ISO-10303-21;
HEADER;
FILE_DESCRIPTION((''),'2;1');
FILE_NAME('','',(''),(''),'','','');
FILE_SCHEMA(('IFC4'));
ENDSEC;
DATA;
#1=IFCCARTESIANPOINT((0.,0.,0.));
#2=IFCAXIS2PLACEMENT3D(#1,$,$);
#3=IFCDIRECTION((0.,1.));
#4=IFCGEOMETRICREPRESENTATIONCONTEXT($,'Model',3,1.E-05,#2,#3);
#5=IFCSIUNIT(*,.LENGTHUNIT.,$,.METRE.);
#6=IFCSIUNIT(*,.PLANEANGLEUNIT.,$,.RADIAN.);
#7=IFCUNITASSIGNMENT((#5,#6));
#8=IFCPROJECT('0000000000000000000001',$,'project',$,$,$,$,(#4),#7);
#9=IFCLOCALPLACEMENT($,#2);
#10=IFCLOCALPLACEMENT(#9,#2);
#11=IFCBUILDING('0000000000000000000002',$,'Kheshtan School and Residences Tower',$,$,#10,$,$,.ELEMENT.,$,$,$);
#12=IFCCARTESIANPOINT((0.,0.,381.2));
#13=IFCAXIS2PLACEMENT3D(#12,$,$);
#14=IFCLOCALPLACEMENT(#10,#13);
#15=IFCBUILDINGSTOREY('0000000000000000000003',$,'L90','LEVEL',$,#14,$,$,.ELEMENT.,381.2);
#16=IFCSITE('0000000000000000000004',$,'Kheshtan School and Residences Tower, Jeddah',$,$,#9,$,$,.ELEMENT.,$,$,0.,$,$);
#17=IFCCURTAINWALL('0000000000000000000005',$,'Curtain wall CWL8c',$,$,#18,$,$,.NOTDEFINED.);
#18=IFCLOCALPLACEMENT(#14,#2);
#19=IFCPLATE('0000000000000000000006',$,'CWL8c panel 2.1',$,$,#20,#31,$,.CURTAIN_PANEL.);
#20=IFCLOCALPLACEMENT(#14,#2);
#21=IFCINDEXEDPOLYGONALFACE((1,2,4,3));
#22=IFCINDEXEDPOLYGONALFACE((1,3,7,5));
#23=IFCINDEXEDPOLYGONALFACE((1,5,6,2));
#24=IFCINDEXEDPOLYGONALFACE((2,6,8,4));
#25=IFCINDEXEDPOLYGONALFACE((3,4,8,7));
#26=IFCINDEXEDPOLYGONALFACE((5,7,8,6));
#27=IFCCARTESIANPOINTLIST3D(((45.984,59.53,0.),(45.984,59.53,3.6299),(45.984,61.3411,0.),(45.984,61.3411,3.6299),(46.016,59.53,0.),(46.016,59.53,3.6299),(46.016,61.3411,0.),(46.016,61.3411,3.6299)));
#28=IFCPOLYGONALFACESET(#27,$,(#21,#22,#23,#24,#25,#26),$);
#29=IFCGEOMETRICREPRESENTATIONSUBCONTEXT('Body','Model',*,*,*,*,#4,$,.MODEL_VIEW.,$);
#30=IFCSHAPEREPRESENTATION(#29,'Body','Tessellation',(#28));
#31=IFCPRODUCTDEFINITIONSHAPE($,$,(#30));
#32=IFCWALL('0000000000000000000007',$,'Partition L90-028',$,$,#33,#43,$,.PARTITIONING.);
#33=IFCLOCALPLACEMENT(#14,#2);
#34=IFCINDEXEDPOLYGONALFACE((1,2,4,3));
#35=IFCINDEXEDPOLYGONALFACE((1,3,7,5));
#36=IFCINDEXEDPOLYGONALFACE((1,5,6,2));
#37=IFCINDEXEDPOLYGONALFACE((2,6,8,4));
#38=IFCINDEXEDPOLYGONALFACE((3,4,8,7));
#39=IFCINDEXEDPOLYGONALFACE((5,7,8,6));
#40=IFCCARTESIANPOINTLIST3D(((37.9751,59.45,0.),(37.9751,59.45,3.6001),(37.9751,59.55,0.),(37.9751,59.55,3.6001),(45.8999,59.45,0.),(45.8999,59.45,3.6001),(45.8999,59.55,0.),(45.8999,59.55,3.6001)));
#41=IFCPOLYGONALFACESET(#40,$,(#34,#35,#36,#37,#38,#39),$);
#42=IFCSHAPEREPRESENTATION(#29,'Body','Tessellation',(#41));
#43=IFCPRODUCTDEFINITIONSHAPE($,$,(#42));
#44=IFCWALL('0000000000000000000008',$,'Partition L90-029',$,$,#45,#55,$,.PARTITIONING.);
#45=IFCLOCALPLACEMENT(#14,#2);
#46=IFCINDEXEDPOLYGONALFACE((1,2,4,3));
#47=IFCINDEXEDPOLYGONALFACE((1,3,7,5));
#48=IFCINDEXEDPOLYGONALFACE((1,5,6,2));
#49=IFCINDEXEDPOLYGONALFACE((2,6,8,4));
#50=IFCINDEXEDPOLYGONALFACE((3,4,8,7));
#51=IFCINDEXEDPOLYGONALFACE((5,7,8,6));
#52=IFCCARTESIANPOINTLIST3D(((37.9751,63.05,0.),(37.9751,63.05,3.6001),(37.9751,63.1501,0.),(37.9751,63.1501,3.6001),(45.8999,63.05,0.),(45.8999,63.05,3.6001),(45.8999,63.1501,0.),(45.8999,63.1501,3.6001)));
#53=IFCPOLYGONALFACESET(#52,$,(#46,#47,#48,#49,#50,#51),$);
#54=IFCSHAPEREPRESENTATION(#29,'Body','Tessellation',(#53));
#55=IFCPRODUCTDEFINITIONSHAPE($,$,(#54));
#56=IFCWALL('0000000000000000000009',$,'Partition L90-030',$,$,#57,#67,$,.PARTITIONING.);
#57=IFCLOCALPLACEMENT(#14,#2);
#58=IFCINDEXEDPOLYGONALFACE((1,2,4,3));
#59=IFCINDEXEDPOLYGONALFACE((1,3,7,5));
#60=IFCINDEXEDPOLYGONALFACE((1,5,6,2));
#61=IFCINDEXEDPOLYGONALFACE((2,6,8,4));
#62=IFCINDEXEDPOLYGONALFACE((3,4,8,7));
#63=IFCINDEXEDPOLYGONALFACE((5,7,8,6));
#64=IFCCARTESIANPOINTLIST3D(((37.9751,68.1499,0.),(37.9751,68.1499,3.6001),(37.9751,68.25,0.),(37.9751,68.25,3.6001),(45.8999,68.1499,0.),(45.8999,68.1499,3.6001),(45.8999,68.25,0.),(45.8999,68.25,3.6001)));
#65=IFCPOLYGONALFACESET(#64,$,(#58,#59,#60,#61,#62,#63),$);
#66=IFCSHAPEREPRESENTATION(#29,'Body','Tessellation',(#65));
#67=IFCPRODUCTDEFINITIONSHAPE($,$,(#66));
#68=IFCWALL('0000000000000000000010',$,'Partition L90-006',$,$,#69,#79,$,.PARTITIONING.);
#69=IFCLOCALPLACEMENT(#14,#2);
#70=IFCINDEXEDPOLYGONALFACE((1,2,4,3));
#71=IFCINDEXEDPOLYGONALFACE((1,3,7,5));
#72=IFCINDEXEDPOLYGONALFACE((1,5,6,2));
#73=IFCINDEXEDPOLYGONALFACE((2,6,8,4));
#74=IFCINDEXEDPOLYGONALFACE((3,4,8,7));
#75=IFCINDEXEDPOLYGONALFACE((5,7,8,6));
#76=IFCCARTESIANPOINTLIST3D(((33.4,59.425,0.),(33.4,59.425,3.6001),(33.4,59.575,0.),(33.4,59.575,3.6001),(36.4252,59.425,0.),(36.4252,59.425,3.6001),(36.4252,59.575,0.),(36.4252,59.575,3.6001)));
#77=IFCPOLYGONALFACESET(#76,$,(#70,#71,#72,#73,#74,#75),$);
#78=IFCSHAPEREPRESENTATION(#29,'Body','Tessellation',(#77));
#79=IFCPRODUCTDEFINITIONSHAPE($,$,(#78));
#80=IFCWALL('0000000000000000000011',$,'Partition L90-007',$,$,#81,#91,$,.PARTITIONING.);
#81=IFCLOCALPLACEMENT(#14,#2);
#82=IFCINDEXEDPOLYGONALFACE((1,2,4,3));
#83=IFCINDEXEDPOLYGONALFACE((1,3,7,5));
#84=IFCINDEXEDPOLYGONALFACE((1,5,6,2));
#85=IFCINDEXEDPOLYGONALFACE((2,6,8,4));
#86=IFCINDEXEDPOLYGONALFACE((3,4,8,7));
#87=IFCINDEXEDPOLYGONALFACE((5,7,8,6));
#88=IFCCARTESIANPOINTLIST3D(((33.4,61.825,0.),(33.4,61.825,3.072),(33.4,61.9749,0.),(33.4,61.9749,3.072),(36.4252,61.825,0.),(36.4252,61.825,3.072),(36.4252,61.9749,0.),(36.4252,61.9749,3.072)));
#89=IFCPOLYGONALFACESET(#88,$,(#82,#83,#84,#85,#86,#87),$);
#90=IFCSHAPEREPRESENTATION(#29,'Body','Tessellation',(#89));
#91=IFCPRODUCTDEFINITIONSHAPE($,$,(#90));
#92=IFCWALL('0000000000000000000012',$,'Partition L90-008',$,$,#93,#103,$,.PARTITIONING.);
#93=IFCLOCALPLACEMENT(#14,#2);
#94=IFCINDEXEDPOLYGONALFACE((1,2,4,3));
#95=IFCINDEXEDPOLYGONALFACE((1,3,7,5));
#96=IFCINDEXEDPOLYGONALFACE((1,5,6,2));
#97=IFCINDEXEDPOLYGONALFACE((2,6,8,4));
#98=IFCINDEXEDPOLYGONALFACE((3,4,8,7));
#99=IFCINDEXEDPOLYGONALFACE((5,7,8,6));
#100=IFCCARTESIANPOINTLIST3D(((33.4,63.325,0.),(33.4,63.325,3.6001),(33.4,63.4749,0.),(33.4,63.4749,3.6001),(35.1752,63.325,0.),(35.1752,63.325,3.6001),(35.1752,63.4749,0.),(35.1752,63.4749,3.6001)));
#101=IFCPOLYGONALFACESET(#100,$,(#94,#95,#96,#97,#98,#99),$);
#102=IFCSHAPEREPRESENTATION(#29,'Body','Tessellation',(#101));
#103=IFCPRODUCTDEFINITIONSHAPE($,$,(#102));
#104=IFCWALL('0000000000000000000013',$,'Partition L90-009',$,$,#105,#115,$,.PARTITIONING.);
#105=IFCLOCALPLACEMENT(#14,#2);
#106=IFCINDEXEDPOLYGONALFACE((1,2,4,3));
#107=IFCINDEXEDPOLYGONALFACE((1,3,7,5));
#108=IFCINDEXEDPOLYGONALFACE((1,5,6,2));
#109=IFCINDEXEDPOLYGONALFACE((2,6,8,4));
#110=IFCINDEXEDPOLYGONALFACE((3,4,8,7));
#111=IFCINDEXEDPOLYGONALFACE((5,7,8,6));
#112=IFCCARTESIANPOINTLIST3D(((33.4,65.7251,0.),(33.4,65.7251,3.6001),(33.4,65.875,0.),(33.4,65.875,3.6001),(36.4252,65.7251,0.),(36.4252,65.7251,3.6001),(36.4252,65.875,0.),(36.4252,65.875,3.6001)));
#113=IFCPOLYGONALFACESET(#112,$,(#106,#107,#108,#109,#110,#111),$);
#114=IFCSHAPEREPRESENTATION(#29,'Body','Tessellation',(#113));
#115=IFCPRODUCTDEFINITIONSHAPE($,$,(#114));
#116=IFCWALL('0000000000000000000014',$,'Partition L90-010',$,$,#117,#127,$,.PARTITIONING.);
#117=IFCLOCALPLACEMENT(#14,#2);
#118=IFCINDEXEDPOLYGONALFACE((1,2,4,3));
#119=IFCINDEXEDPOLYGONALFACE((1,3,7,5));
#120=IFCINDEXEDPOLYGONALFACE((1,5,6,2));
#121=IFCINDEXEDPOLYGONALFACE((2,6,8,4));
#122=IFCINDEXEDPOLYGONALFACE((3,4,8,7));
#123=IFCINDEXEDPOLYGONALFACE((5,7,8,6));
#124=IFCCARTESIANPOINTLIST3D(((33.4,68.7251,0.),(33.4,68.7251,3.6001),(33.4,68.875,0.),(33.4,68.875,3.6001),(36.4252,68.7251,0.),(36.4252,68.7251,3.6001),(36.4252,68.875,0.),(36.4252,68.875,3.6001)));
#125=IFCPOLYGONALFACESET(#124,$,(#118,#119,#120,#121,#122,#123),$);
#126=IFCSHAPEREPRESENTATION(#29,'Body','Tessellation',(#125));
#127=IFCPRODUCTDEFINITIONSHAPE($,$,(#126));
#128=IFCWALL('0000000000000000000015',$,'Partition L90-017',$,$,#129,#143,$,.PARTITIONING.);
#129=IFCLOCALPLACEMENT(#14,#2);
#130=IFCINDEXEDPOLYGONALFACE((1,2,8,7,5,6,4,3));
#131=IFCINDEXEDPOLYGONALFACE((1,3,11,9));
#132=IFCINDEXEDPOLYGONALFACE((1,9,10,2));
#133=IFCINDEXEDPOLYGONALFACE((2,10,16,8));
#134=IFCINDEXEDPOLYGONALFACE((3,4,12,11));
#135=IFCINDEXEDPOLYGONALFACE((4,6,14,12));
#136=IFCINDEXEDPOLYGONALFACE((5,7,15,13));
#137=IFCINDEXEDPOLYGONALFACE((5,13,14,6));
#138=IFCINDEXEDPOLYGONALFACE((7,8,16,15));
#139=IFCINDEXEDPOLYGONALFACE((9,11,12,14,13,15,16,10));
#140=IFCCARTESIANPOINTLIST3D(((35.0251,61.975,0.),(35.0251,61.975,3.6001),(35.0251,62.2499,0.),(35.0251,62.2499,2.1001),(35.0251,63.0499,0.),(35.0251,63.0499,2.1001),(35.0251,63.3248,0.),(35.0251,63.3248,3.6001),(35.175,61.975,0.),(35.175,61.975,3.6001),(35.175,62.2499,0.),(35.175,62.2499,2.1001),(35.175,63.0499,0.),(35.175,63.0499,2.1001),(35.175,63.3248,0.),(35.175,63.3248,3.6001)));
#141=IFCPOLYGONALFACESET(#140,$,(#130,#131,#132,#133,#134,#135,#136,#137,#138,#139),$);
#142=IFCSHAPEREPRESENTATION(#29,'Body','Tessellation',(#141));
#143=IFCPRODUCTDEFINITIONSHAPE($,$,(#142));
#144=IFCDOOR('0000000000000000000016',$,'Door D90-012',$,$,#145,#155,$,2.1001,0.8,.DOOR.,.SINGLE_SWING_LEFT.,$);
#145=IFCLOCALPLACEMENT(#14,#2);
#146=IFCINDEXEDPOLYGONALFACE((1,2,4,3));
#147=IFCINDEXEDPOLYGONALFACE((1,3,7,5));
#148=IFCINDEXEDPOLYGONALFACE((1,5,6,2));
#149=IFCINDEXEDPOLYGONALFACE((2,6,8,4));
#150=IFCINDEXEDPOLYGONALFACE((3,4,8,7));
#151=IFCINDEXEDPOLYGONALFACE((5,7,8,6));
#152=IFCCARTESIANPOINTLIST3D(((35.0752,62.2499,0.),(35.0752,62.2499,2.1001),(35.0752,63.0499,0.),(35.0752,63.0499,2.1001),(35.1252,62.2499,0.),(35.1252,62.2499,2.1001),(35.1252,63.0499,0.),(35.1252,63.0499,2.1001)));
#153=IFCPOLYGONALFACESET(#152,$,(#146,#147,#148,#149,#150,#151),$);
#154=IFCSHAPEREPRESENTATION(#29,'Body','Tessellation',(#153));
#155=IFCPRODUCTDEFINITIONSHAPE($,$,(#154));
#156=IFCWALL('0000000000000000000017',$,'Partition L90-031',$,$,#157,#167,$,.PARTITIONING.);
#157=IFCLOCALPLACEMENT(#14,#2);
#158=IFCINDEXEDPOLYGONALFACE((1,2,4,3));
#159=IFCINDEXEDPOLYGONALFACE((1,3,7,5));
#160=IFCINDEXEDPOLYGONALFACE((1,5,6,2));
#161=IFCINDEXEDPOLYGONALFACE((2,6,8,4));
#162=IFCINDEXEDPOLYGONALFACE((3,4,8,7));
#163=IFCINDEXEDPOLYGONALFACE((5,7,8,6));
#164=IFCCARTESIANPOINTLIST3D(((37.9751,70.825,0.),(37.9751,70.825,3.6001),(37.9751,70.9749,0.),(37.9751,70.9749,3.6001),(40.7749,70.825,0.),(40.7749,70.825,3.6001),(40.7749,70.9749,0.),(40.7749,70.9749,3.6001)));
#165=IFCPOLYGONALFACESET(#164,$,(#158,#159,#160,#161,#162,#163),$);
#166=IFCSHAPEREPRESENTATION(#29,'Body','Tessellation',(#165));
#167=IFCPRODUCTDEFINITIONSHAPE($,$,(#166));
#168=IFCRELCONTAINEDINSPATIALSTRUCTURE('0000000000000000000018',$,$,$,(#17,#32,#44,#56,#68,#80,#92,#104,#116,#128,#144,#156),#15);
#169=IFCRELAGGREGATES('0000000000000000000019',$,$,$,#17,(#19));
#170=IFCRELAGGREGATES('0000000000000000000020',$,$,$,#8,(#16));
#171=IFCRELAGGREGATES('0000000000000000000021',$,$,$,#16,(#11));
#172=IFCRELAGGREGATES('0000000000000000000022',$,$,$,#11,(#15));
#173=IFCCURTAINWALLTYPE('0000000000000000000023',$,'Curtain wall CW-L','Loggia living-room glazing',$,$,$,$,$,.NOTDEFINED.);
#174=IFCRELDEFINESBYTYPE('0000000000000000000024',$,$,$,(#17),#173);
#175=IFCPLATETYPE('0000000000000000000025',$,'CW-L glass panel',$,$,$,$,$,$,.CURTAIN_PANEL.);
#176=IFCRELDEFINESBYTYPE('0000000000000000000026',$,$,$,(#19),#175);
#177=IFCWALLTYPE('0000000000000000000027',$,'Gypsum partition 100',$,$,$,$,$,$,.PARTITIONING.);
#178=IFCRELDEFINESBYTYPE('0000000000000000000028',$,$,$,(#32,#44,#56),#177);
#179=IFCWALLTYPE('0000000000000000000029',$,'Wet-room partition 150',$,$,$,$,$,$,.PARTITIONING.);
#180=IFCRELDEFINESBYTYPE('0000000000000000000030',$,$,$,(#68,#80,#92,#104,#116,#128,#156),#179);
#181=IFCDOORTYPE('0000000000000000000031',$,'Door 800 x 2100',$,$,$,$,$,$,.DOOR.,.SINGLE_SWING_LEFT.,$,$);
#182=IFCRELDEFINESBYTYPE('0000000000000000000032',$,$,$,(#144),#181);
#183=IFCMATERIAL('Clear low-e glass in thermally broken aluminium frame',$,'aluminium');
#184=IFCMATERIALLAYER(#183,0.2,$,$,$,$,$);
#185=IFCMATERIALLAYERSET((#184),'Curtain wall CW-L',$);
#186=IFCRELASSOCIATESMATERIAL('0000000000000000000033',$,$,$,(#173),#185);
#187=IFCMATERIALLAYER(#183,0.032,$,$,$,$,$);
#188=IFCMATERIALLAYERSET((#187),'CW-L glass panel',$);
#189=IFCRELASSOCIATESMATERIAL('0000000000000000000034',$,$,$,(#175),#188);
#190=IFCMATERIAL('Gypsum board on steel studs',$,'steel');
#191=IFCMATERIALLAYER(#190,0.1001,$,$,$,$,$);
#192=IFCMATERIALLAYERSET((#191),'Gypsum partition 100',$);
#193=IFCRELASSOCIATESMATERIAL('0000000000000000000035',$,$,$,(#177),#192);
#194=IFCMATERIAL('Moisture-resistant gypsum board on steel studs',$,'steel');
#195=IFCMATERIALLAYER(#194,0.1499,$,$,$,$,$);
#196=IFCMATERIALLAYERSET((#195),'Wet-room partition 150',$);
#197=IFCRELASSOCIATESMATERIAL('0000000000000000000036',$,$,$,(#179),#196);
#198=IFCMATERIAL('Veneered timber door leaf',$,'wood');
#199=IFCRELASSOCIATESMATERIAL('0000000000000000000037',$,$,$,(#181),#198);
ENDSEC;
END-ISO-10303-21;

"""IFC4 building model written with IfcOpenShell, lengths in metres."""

from ifc_helpers import new_model, si_unit, direction, frame, frame_2d, origin, origin_2d, place, context, subcontext, project, spatial, rectangle, extrude, source, transform, mapped, material, layer, layer_set, type_object, element, fill, aggregate, save


model = new_model("IFC4")

# Units and contexts
model_context = context("Model", 3, precision=1e-05, world=origin(), true_north=direction((0.0, 1.0)))
body_context = subcontext(model_context, "Body", "Model", "MODEL_VIEW")
ifc_project = project(units=[si_unit("LENGTHUNIT", "METRE"), si_unit("PLANEANGLEUNIT", "RADIAN")], contexts=[model_context])

# Site, building, storey
site_placement = place(None, origin())
site = spatial("IfcSite", under=ifc_project, at=site_placement, Name="Kheshtan School and Residences Tower, Jeddah", CompositionType="ELEMENT", RefElevation=0.0)
building_placement = place(site_placement, origin())
building = spatial("IfcBuilding", under=site, at=building_placement, Name="Kheshtan School and Residences Tower", CompositionType="ELEMENT")
storey_placement = place(building_placement, frame((0.0, 0.0, 381.2)))
storey = spatial("IfcBuildingStorey", under=building, at=storey_placement, Name="L90", Description="LEVEL", CompositionType="ELEMENT", Elevation=381.2)

# Shared definitions
ifc_material_1 = material(Name="Clear low-e glass in thermally broken aluminium frame", Category="aluminium")
ifc_layer_1 = layer(ifc_material_1, 0.2)
ifc_layer_set_1 = layer_set([ifc_layer_1], Name="Curtain wall CW-L")
curtain_wall_type = type_object("IfcCurtainWallType", Name="Curtain wall CW-L", Description="Loggia living-room glazing", PredefinedType="NOTDEFINED", material=ifc_layer_set_1)

# Curtain wall
curtain_wall_1_placement = place(storey_placement, origin())
curtain_wall_1 = element("IfcCurtainWall", 1, at=curtain_wall_1_placement, inside=storey, type_object=curtain_wall_type, Name="Curtain wall CWL8c", PredefinedType="NOTDEFINED")

# Plate
ifc_layer_2 = layer(ifc_material_1, 0.032)
ifc_layer_set_2 = layer_set([ifc_layer_2], Name="CW-L glass panel")
plate_type = type_object("IfcPlateType", Name="CW-L glass panel", PredefinedType="CURTAIN_PANEL", material=ifc_layer_set_2)
plate_1_placement = place(storey_placement, frame((46.0, 60.4355, 0.0), z_axis=(0.0, 0.0, 1.0), x_axis=(0.0, -1.0, 0.0)))
plate_1 = element("IfcPlate", 2, at=plate_1_placement, type_object=plate_type, Name="CWL8c panel 2.1", PredefinedType="CURTAIN_PANEL", context=body_context, shape_type="SweptSolid", body=[
    extrude(rectangle(XDim=1.811, YDim=0.032, at=origin_2d()), origin(), (0.0, 0.0, 1.0), 3.6299),
])
aggregate(curtain_wall_1, [plate_1])

# Walls
ifc_material_2 = material(Name="Gypsum board on steel studs", Category="steel")
ifc_layer_3 = layer(ifc_material_2, 0.1001)
ifc_layer_set_3 = layer_set([ifc_layer_3], Name="Gypsum partition 100")
wall_type_1 = type_object("IfcWallType", Name="Gypsum partition 100", PredefinedType="PARTITIONING", material=ifc_layer_set_3)
for number, where, z_axis, x_axis, name in (
    (3, (37.9751, 59.5, 0.0), (0.0, 0.0, 1.0), (1.0, 0.0, 0.0), "Partition L90-028"),
    (4, (37.9751, 63.1001, 0.0), (0.0, 0.0, 1.0), (1.0, 0.0, 0.0), "Partition L90-029"),
    (5, (37.9751, 68.2, 0.0), (0.0, 0.0, 1.0), (1.0, 0.0, 0.0), "Partition L90-030"),
):
    element("IfcWall", number, at=place(storey_placement, frame(where, z_axis=z_axis, x_axis=x_axis)), inside=storey, type_object=wall_type_1, Name=name, PredefinedType="PARTITIONING", context=body_context, shape_type="SweptSolid", body=[
        extrude(rectangle(XDim=7.9248, YDim=0.1001, at=frame_2d((3.9624, 0.0))), origin(), (0.0, 0.0, 1.0), 3.6001),
    ])
ifc_material_3 = material(Name="Moisture-resistant gypsum board on steel studs", Category="steel")
ifc_layer_4 = layer(ifc_material_3, 0.1499)
ifc_layer_set_4 = layer_set([ifc_layer_4], Name="Wet-room partition 150")
wall_type_2 = type_object("IfcWallType", Name="Wet-room partition 150", PredefinedType="PARTITIONING", material=ifc_layer_set_4)
wall_1_placement = place(storey_placement, frame((33.3999, 59.5, 0.0), z_axis=(0.0, 0.0, 1.0), x_axis=(1.0, 0.0, 0.0)))
element("IfcWall", 6, at=wall_1_placement, inside=storey, type_object=wall_type_2, Name="Partition L90-006", PredefinedType="PARTITIONING", context=body_context, shape_type="SweptSolid", body=[
    extrude(rectangle(XDim=3.0251, YDim=0.1499, at=frame_2d((1.5127, 0.0))), origin(), (0.0, 0.0, 1.0), 3.6001),
])
wall_2_placement = place(storey_placement, frame((33.3999, 61.8999, 0.0), z_axis=(0.0, 0.0, 1.0), x_axis=(1.0, 0.0, 0.0)))
element("IfcWall", 7, at=wall_2_placement, inside=storey, type_object=wall_type_2, Name="Partition L90-007", PredefinedType="PARTITIONING", context=body_context, shape_type="SweptSolid", body=[
    extrude(rectangle(XDim=3.0251, YDim=0.1499, at=frame_2d((1.5127, 0.0))), origin(), (0.0, 0.0, 1.0), 3.072),
])
wall_3_placement = place(storey_placement, frame((33.3999, 63.3999, 0.0), z_axis=(0.0, 0.0, 1.0), x_axis=(1.0, 0.0, 0.0)))
element("IfcWall", 8, at=wall_3_placement, inside=storey, type_object=wall_type_2, Name="Partition L90-008", PredefinedType="PARTITIONING", context=body_context, shape_type="SweptSolid", body=[
    extrude(rectangle(XDim=1.7751, YDim=0.1499, at=frame_2d((0.8877, 0.0))), origin(), (0.0, 0.0, 1.0), 3.6001),
])
for number, where, z_axis, x_axis, name in (
    (9, (33.3999, 65.8, 0.0), (0.0, 0.0, 1.0), (1.0, 0.0, 0.0), "Partition L90-009"),
    (10, (33.3999, 68.8, 0.0), (0.0, 0.0, 1.0), (1.0, 0.0, 0.0), "Partition L90-010"),
):
    element("IfcWall", number, at=place(storey_placement, frame(where, z_axis=z_axis, x_axis=x_axis)), inside=storey, type_object=wall_type_2, Name=name, PredefinedType="PARTITIONING", context=body_context, shape_type="SweptSolid", body=[
        extrude(rectangle(XDim=3.0251, YDim=0.1499, at=frame_2d((1.5127, 0.0))), origin(), (0.0, 0.0, 1.0), 3.6001),
    ])

# Wall, opening, door
wall_4_placement = place(storey_placement, frame((35.1001, 61.9751, 0.0), z_axis=(0.0, 0.0, 1.0), x_axis=(0.0, 1.0, 0.0)))
wall_4 = element("IfcWall", 11, at=wall_4_placement, inside=storey, type_object=wall_type_2, Name="Partition L90-017", PredefinedType="PARTITIONING", context=body_context, shape_type="SweptSolid", body=[
    extrude(rectangle(XDim=1.3499, YDim=0.1499, at=frame_2d((0.6748, 0.0))), origin(), (0.0, 0.0, 1.0), 3.6001),
])
opening_1_placement = place(wall_4_placement, frame((0.2749, 0.0, 0.0)))
opening_1 = element("IfcOpeningElement", 12, at=opening_1_placement, cuts=wall_4, PredefinedType="OPENING", context=body_context, shape_type="SweptSolid", body=[
    extrude(rectangle(XDim=0.8, YDim=2.1001, at=frame_2d((0.3999, 1.05))), frame((0.0, 0.085, 0.0), z_axis=(0.0, -1.0, 0.0), x_axis=(1.0, 0.0, 0.0)), (0.0, 0.0, 1.0), 0.1699),
])
ifc_material_4 = material(Name="Veneered timber door leaf", Category="wood")
door_type_1 = type_object("IfcDoorType", Name="Door 800 x 2100", OperationType="SINGLE_SWING_LEFT", PredefinedType="DOOR", material=ifc_material_4)
shared_shape_1 = source(origin(), body_context, "Body", "SweptSolid", [
    extrude(rectangle(XDim=0.8, YDim=2.1001, at=frame_2d((0.3999, 1.05))), frame((0.0, 0.0249, 0.0), z_axis=(0.0, -1.0, 0.0), x_axis=(1.0, 0.0, 0.0)), (0.0, 0.0, 1.0), 0.05),
])
door_1_placement = place(opening_1_placement, origin())
door_1 = element("IfcDoor", 13, at=door_1_placement, inside=storey, type_object=door_type_1, Name="Door D90-012", OperationType="SINGLE_SWING_LEFT", OverallHeight=2.1001, OverallWidth=0.8, PredefinedType="DOOR", context=body_context, shape_type="MappedRepresentation", body=[
    mapped(shared_shape_1, transform((0.0, 0.0, 0.0), x_axis=(1.0, 0.0, 0.0), y_axis=(0.0, 1.0, 0.0), z_axis=(0.0, 0.0, 1.0), scale=1.0)),
])
fill(opening_1, door_1)

# Wall
wall_5_placement = place(storey_placement, frame((37.9751, 70.8999, 0.0), z_axis=(0.0, 0.0, 1.0), x_axis=(1.0, 0.0, 0.0)))
element("IfcWall", 14, at=wall_5_placement, inside=storey, type_object=wall_type_2, Name="Partition L90-031", PredefinedType="PARTITIONING", context=body_context, shape_type="SweptSolid", body=[
    extrude(rectangle(XDim=2.7998, YDim=0.1499, at=frame_2d((1.3999, 0.0))), origin(), (0.0, 0.0, 1.0), 3.6001),
])

save(model, "model.ifc")
